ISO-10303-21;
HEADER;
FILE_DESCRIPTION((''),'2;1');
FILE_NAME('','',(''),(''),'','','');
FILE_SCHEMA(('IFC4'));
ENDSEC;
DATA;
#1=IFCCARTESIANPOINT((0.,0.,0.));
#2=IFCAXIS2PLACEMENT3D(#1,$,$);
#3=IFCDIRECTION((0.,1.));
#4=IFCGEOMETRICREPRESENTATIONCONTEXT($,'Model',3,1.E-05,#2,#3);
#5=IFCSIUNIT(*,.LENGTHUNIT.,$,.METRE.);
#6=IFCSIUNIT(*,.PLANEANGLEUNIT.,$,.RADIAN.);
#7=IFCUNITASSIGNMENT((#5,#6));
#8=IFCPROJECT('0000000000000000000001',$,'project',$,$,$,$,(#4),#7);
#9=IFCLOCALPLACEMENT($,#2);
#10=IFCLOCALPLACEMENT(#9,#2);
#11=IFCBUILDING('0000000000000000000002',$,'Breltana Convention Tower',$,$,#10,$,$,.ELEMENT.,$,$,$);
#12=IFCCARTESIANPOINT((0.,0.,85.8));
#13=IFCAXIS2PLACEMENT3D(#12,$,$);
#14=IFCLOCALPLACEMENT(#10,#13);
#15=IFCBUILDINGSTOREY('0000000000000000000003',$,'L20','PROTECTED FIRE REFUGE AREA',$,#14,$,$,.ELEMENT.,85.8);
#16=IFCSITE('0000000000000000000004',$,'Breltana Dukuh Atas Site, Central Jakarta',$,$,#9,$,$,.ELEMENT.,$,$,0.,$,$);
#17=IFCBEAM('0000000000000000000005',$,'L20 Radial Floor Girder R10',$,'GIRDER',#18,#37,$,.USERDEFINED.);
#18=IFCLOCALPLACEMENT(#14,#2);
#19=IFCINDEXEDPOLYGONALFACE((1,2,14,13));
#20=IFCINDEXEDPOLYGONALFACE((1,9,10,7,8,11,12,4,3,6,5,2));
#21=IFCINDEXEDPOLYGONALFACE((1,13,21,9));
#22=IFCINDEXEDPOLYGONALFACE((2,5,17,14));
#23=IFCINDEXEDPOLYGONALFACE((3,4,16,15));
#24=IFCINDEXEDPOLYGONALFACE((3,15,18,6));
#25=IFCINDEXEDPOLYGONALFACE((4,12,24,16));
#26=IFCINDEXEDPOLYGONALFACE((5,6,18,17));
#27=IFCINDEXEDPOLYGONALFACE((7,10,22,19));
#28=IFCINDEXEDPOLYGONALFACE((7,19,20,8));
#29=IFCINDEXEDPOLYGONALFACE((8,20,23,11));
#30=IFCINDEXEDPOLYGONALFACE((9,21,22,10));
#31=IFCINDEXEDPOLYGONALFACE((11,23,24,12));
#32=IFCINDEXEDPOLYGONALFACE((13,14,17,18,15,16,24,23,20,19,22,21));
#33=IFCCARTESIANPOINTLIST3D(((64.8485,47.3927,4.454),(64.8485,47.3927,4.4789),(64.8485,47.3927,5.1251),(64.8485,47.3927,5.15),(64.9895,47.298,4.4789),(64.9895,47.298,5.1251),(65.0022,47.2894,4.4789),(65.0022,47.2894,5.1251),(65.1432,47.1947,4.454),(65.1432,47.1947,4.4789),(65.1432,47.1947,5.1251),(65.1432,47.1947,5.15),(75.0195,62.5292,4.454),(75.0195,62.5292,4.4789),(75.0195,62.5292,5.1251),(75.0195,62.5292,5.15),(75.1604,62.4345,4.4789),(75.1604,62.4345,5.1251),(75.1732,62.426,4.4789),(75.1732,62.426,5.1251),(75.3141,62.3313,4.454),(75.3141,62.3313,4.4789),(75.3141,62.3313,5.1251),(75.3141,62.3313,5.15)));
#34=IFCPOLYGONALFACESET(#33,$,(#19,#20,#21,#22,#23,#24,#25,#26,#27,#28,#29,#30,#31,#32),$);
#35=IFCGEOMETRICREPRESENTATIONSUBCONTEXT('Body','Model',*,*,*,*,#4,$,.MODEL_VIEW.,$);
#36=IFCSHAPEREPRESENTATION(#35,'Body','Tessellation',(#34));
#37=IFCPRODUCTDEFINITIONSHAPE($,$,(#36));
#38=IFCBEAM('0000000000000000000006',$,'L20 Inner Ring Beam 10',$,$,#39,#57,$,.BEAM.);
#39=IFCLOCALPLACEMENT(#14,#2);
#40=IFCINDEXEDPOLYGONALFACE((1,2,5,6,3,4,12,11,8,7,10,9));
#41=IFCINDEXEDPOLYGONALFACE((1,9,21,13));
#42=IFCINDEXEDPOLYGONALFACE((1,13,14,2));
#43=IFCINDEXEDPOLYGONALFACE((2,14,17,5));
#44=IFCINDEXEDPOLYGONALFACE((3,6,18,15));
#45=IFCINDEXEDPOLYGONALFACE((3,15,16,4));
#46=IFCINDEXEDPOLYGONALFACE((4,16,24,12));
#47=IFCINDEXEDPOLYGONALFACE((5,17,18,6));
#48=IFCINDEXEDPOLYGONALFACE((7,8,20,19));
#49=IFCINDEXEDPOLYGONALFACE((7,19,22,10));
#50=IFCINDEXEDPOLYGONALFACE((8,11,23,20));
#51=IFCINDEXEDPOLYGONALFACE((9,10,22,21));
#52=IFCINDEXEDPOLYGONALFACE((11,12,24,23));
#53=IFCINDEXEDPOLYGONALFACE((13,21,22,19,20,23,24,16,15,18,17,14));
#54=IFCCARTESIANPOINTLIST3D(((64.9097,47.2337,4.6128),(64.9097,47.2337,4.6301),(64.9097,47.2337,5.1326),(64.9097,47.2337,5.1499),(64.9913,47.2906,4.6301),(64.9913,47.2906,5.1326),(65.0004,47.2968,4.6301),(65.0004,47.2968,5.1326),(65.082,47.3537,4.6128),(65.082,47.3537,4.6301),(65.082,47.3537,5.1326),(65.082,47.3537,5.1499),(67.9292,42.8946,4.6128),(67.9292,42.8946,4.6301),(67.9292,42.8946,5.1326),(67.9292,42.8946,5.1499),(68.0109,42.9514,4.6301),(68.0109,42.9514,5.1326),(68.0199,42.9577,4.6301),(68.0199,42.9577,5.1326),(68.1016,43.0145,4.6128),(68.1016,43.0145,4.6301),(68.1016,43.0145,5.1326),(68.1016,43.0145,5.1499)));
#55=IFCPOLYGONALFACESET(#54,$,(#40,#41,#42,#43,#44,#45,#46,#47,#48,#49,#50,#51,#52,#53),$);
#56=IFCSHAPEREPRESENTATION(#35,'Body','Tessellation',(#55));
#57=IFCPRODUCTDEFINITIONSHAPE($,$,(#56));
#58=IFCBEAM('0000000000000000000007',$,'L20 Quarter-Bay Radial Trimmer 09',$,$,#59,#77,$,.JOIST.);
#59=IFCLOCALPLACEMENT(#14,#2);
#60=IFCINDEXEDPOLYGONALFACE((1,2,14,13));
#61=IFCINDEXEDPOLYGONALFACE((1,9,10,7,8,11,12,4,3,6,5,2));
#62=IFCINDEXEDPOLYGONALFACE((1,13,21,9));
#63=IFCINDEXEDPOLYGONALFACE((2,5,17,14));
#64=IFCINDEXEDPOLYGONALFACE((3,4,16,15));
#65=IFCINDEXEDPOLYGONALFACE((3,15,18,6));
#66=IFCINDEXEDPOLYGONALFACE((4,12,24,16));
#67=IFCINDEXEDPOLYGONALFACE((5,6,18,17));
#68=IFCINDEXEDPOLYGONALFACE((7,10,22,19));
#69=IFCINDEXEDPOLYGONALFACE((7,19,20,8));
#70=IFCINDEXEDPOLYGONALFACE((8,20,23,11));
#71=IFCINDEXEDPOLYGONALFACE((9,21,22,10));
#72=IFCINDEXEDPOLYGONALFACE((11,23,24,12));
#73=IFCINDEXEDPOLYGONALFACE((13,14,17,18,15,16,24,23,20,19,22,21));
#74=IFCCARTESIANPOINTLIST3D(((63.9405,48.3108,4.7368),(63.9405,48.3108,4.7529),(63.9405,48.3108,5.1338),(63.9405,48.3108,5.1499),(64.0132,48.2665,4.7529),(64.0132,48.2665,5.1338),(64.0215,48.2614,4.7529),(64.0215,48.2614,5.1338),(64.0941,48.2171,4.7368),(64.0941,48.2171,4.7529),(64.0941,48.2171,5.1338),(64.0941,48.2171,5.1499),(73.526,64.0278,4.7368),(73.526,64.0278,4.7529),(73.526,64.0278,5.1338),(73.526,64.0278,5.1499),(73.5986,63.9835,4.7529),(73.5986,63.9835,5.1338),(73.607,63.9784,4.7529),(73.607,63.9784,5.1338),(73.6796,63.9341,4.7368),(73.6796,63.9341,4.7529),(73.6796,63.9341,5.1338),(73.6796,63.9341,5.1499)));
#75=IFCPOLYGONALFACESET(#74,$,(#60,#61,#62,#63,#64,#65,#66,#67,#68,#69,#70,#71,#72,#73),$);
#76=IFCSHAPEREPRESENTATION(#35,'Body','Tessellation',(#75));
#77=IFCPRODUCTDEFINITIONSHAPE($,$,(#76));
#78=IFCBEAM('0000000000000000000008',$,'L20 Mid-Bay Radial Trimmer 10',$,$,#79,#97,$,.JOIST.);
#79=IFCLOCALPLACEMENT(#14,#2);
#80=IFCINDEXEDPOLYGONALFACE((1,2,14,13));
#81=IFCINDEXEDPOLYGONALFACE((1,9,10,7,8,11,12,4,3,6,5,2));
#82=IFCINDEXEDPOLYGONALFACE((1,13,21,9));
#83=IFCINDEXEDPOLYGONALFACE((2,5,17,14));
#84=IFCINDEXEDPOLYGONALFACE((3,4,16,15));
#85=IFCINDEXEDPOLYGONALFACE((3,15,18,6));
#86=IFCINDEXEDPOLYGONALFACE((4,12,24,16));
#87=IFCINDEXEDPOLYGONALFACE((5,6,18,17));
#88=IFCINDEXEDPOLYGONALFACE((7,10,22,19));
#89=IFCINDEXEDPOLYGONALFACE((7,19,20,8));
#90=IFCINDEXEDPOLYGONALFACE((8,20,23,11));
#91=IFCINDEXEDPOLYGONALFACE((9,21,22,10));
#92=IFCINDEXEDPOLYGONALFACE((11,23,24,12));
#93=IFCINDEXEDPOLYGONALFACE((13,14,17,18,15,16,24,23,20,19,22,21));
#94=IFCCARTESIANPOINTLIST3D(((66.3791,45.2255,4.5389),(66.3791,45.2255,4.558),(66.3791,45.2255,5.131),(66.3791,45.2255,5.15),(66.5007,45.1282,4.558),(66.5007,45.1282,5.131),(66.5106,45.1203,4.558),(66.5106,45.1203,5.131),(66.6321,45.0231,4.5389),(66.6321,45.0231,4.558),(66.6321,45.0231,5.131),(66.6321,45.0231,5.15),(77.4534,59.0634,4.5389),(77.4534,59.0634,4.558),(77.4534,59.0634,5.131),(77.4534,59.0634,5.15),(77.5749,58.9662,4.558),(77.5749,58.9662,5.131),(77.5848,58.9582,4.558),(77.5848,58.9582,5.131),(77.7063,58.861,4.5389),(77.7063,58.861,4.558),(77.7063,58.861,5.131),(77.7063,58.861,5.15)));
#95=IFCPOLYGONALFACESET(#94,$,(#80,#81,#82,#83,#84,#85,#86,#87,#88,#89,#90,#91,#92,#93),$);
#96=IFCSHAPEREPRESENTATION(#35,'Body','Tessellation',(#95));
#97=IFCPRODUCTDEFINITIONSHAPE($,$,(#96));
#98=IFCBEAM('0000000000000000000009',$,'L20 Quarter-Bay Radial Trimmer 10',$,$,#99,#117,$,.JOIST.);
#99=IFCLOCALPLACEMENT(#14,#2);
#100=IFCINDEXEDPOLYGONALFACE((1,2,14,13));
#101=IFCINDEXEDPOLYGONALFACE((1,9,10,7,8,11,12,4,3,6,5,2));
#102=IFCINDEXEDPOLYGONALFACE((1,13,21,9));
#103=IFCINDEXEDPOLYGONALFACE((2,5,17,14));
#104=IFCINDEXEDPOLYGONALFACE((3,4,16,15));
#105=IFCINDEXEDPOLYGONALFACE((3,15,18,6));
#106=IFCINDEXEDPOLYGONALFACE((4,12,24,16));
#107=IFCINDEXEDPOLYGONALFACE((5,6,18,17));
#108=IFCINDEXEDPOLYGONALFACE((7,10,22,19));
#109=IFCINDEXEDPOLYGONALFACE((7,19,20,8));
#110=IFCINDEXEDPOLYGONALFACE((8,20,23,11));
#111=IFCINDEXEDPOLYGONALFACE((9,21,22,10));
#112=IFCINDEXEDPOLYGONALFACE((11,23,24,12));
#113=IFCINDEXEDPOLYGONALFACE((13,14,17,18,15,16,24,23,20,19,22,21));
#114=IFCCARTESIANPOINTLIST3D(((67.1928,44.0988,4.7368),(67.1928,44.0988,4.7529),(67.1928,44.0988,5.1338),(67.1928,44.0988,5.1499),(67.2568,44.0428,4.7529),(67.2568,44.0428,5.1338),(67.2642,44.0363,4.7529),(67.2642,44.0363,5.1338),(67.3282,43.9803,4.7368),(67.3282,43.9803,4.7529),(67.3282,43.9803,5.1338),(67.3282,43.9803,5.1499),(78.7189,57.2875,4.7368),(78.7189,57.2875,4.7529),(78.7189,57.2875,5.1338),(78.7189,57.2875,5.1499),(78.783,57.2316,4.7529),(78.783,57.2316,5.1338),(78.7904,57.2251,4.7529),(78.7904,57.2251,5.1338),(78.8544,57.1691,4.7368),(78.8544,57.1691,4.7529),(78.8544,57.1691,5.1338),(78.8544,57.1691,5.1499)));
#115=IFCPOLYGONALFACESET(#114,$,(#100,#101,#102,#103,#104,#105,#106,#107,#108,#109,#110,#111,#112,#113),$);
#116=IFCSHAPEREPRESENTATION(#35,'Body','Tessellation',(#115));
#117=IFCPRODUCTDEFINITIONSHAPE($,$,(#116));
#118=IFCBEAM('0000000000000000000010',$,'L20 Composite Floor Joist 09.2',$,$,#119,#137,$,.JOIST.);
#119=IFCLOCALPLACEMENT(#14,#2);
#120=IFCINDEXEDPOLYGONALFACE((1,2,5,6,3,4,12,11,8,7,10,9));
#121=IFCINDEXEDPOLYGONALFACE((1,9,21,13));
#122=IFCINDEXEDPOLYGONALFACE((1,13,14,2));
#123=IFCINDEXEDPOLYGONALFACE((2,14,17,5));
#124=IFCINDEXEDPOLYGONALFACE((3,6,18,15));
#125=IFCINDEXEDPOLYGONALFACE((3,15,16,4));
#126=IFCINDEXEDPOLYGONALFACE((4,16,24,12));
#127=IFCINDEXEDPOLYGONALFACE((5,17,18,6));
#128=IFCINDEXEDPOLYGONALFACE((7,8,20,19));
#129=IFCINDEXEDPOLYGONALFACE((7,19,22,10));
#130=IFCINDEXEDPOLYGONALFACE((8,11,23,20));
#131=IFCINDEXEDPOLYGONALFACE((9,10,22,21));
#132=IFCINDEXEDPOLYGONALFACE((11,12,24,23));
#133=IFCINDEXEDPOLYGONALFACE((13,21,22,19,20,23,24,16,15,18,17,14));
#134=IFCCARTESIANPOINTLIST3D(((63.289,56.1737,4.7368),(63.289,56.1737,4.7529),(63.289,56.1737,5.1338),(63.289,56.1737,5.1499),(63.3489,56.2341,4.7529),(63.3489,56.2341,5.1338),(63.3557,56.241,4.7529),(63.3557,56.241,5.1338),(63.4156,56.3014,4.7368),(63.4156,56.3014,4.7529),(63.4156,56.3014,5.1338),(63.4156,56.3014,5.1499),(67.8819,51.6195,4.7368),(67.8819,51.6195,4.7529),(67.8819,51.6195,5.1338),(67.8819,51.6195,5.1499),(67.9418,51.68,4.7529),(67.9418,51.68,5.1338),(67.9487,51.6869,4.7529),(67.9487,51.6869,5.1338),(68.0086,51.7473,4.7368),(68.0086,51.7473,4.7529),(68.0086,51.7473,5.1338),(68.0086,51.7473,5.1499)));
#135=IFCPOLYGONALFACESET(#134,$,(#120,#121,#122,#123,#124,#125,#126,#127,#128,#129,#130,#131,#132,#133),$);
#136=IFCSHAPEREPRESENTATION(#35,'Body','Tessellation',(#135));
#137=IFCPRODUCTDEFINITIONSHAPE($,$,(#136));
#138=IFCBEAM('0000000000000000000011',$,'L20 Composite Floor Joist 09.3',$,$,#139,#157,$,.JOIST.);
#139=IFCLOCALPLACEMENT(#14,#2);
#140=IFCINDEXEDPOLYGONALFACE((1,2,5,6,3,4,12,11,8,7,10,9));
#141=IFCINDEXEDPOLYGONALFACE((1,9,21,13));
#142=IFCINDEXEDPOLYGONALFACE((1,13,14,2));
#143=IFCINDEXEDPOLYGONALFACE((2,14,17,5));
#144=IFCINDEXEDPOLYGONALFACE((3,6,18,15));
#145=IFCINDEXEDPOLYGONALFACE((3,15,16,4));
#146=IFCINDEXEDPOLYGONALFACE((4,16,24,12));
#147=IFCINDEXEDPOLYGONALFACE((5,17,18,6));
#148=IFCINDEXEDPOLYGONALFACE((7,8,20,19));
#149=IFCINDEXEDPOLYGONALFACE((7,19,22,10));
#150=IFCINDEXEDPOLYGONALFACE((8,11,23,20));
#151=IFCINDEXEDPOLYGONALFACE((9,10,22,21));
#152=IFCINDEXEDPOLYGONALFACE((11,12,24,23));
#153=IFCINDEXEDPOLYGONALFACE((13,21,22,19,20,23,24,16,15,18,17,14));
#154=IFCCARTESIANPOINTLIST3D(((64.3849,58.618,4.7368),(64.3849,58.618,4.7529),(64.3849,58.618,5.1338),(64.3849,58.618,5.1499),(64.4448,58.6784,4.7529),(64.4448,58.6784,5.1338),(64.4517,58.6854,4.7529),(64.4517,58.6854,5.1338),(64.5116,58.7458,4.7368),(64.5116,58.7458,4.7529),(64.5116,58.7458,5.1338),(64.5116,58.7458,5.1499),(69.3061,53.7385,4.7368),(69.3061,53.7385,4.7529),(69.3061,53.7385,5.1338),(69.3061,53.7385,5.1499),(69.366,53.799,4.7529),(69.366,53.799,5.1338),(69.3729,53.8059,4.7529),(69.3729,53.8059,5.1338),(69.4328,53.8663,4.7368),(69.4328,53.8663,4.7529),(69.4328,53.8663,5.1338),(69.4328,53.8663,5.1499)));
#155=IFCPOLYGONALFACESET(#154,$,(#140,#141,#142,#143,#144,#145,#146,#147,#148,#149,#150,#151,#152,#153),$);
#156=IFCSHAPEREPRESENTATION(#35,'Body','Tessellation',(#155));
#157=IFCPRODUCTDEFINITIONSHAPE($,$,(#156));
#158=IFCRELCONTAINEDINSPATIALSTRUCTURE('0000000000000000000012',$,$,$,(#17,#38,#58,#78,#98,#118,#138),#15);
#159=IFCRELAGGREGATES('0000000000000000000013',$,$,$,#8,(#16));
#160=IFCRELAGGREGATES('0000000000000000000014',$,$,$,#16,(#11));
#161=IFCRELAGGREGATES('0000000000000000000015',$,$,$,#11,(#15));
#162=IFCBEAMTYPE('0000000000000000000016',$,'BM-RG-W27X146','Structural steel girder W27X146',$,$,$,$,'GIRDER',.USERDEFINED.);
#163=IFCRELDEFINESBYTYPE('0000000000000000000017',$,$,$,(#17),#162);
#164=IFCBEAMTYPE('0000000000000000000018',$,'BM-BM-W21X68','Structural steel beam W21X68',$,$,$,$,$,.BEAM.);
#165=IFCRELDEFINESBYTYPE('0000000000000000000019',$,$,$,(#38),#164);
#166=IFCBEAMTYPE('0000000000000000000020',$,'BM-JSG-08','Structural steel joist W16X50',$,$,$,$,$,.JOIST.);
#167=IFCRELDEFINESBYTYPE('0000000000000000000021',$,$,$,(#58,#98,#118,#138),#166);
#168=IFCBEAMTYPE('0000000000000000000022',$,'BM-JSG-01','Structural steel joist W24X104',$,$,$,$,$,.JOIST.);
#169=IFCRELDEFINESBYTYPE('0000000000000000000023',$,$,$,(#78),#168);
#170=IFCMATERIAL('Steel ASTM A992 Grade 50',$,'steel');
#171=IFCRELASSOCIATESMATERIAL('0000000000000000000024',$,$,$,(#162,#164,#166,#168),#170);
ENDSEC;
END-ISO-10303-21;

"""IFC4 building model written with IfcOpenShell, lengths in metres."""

from ifc_helpers import new_model, si_unit, direction, frame, origin, origin_2d, place, context, subcontext, project, spatial, i_section, extrude, source, transform, mapped, material, material_profile, profile_set, type_object, element, save


model = new_model("IFC4")

# Units and contexts
model_context = context("Model", 3, precision=1e-05, world=origin(), true_north=direction((0.0, 1.0)))
body_context = subcontext(model_context, "Body", "Model", "MODEL_VIEW")
ifc_project = project(units=[si_unit("LENGTHUNIT", "METRE"), si_unit("PLANEANGLEUNIT", "RADIAN")], contexts=[model_context])

# Site, building, storey
site_placement = place(None, origin())
site = spatial("IfcSite", under=ifc_project, at=site_placement, Name="Breltana Dukuh Atas Site, Central Jakarta", CompositionType="ELEMENT", RefElevation=0.0)
building_placement = place(site_placement, origin())
building = spatial("IfcBuilding", under=site, at=building_placement, Name="Breltana Convention Tower", CompositionType="ELEMENT")
storey_placement = place(building_placement, frame((0.0, 0.0, 85.8)))
storey = spatial("IfcBuildingStorey", under=building, at=storey_placement, Name="L20", Description="PROTECTED FIRE REFUGE AREA", CompositionType="ELEMENT", Elevation=85.8)

# Shared definitions
ifc_material_1 = material(Name="Steel ASTM A992 Grade 50", Category="steel")

# Beams
ifc_material_profile_1 = material_profile(ifc_material_1, i_section(OverallWidth=0.355, OverallDepth=0.696, WebThickness=0.0154, FlangeThickness=0.0249, at=origin_2d()), Name="W27X146")
ifc_profile_set_1 = profile_set([ifc_material_profile_1], Name="Steel ASTM A992 Grade 50")
beam_type_1 = type_object("IfcBeamType", Name="BM-RG-W27X146", Description="Structural steel girder W27X146", ElementType="GIRDER", PredefinedType="USERDEFINED", material=ifc_profile_set_1)
shared_shape_1 = source(origin(), body_context, "Body", "SweptSolid", [
    extrude(i_section(OverallWidth=0.355, OverallDepth=0.696, WebThickness=0.0154, FlangeThickness=0.0249, at=origin_2d()), origin(), (0.0, 0.0, 1.0), 18.2363),
])
beam_1_placement = place(storey_placement, frame((64.9958, 47.2937, 4.802), z_axis=(0.55773, 0.830022, 0.0), x_axis=(-0.830022, 0.55773, 0.0)))
element("IfcBeam", 1, at=beam_1_placement, inside=storey, type_object=beam_type_1, Name="L20 Radial Floor Girder R10", ObjectType="GIRDER", PredefinedType="USERDEFINED", context=body_context, shape_type="MappedRepresentation", body=[
    mapped(shared_shape_1, transform((0.0, 0.0, 0.0), scale=1.0)),
])
ifc_material_profile_2 = material_profile(ifc_material_1, i_section(OverallWidth=0.21, OverallDepth=0.5371, WebThickness=0.011, FlangeThickness=0.0173, at=origin_2d()), Name="W21X68")
ifc_profile_set_2 = profile_set([ifc_material_profile_2], Name="Steel ASTM A992 Grade 50")
beam_type_2 = type_object("IfcBeamType", Name="BM-BM-W21X68", Description="Structural steel beam W21X68", PredefinedType="BEAM", material=ifc_profile_set_2)
shared_shape_2 = source(origin(), body_context, "Body", "SweptSolid", [
    extrude(i_section(OverallWidth=0.21, OverallDepth=0.5371, WebThickness=0.011, FlangeThickness=0.0173, at=origin_2d()), origin(), (0.0, 0.0, 1.0), 5.2864),
])
beam_2_placement = place(storey_placement, frame((64.9958, 47.2937, 4.8813), z_axis=(0.571194, -0.820815, 0.0), x_axis=(0.820815, 0.571194, 0.0)))
element("IfcBeam", 2, at=beam_2_placement, inside=storey, type_object=beam_type_2, Name="L20 Inner Ring Beam 10", PredefinedType="BEAM", context=body_context, shape_type="MappedRepresentation", body=[
    mapped(shared_shape_2, transform((0.0, 0.0, 0.0), scale=1.0)),
])
ifc_material_profile_3 = material_profile(ifc_material_1, i_section(OverallWidth=0.1799, OverallDepth=0.4131, WebThickness=0.0098, FlangeThickness=0.0161, at=origin_2d()), Name="W16X50")
ifc_profile_set_3 = profile_set([ifc_material_profile_3], Name="Steel ASTM A992 Grade 50")
beam_type_3 = type_object("IfcBeamType", Name="BM-JSG-08", Description="Structural steel joist W16X50", PredefinedType="JOIST", material=ifc_profile_set_3)
shared_shape_3 = source(origin(), body_context, "Body", "SweptSolid", [
    extrude(i_section(OverallWidth=0.1799, OverallDepth=0.4131, WebThickness=0.0098, FlangeThickness=0.0161, at=origin_2d()), origin(), (0.0, 0.0, 1.0), 18.4094),
])
beam_3_placement = place(storey_placement, frame((64.0173, 48.2639, 4.9434), z_axis=(0.520682, 0.853751, 0.0), x_axis=(-0.853751, 0.520682, 0.0)))
element("IfcBeam", 3, at=beam_3_placement, inside=storey, type_object=beam_type_3, Name="L20 Quarter-Bay Radial Trimmer 09", PredefinedType="JOIST", context=body_context, shape_type="MappedRepresentation", body=[
    mapped(shared_shape_3, transform((0.0, 0.0, 0.0), scale=1.0)),
])
ifc_material_profile_4 = material_profile(ifc_material_1, i_section(OverallWidth=0.324, OverallDepth=0.6111, WebThickness=0.0127, FlangeThickness=0.019, at=origin_2d()), Name="W24X104")
ifc_profile_set_4 = profile_set([ifc_material_profile_4], Name="Steel ASTM A992 Grade 50")
beam_type_4 = type_object("IfcBeamType", Name="BM-JSG-01", Description="Structural steel joist W24X104", PredefinedType="JOIST", material=ifc_profile_set_4)
shared_shape_4 = source(origin(), body_context, "Body", "SweptSolid", [
    extrude(i_section(OverallWidth=0.324, OverallDepth=0.6111, WebThickness=0.0127, FlangeThickness=0.019, at=origin_2d()), origin(), (0.0, 0.0, 1.0), 17.7236),
])
beam_4_placement = place(storey_placement, frame((66.5056, 45.1243, 4.8445), z_axis=(0.624829, 0.780761, 0.0), x_axis=(-0.780761, 0.624829, 0.0)))
element("IfcBeam", 4, at=beam_4_placement, inside=storey, type_object=beam_type_4, Name="L20 Mid-Bay Radial Trimmer 10", PredefinedType="JOIST", context=body_context, shape_type="MappedRepresentation", body=[
    mapped(shared_shape_4, transform((0.0, 0.0, 0.0), scale=1.0)),
])
shared_shape_5 = source(origin(), body_context, "Body", "SweptSolid", [
    extrude(i_section(OverallWidth=0.1799, OverallDepth=0.4131, WebThickness=0.0098, FlangeThickness=0.0161, at=origin_2d()), origin(), (0.0, 0.0, 1.0), 17.5156),
])
beam_5_placement = place(storey_placement, frame((67.2605, 44.0396, 4.9434), z_axis=(0.658052, 0.752973, 0.0), x_axis=(-0.752973, 0.658052, 0.0)))
element("IfcBeam", 5, at=beam_5_placement, inside=storey, type_object=beam_type_3, Name="L20 Quarter-Bay Radial Trimmer 10", PredefinedType="JOIST", context=body_context, shape_type="MappedRepresentation", body=[
    mapped(shared_shape_5, transform((0.0, 0.0, 0.0), scale=1.0)),
])
shared_shape_6 = source(origin(), body_context, "Body", "SweptSolid", [
    extrude(i_section(OverallWidth=0.1799, OverallDepth=0.4131, WebThickness=0.0098, FlangeThickness=0.0161, at=origin_2d()), origin(), (0.0, 0.0, 1.0), 6.468),
])
beam_6_placement = place(storey_placement, frame((63.3523, 56.2375, 4.9434), z_axis=(0.710101, -0.7041, 0.0), x_axis=(0.7041, 0.710101, 0.0)))
element("IfcBeam", 6, at=beam_6_placement, inside=storey, type_object=beam_type_3, Name="L20 Composite Floor Joist 09.2", PredefinedType="JOIST", context=body_context, shape_type="MappedRepresentation", body=[
    mapped(shared_shape_6, transform((0.0, 0.0, 0.0), scale=1.0)),
])
shared_shape_7 = source(origin(), body_context, "Body", "SweptSolid", [
    extrude(i_section(OverallWidth=0.1799, OverallDepth=0.4131, WebThickness=0.0098, FlangeThickness=0.0161, at=origin_2d()), origin(), (0.0, 0.0, 1.0), 6.9302),
])
beam_7_placement = place(storey_placement, frame((64.4482, 58.6819, 4.9434), z_axis=(0.710112, -0.704088, 0.0), x_axis=(0.704088, 0.710112, 0.0)))
element("IfcBeam", 7, at=beam_7_placement, inside=storey, type_object=beam_type_3, Name="L20 Composite Floor Joist 09.3", PredefinedType="JOIST", context=body_context, shape_type="MappedRepresentation", body=[
    mapped(shared_shape_7, transform((0.0, 0.0, 0.0), scale=1.0)),
])

save(model, "model.ifc")
